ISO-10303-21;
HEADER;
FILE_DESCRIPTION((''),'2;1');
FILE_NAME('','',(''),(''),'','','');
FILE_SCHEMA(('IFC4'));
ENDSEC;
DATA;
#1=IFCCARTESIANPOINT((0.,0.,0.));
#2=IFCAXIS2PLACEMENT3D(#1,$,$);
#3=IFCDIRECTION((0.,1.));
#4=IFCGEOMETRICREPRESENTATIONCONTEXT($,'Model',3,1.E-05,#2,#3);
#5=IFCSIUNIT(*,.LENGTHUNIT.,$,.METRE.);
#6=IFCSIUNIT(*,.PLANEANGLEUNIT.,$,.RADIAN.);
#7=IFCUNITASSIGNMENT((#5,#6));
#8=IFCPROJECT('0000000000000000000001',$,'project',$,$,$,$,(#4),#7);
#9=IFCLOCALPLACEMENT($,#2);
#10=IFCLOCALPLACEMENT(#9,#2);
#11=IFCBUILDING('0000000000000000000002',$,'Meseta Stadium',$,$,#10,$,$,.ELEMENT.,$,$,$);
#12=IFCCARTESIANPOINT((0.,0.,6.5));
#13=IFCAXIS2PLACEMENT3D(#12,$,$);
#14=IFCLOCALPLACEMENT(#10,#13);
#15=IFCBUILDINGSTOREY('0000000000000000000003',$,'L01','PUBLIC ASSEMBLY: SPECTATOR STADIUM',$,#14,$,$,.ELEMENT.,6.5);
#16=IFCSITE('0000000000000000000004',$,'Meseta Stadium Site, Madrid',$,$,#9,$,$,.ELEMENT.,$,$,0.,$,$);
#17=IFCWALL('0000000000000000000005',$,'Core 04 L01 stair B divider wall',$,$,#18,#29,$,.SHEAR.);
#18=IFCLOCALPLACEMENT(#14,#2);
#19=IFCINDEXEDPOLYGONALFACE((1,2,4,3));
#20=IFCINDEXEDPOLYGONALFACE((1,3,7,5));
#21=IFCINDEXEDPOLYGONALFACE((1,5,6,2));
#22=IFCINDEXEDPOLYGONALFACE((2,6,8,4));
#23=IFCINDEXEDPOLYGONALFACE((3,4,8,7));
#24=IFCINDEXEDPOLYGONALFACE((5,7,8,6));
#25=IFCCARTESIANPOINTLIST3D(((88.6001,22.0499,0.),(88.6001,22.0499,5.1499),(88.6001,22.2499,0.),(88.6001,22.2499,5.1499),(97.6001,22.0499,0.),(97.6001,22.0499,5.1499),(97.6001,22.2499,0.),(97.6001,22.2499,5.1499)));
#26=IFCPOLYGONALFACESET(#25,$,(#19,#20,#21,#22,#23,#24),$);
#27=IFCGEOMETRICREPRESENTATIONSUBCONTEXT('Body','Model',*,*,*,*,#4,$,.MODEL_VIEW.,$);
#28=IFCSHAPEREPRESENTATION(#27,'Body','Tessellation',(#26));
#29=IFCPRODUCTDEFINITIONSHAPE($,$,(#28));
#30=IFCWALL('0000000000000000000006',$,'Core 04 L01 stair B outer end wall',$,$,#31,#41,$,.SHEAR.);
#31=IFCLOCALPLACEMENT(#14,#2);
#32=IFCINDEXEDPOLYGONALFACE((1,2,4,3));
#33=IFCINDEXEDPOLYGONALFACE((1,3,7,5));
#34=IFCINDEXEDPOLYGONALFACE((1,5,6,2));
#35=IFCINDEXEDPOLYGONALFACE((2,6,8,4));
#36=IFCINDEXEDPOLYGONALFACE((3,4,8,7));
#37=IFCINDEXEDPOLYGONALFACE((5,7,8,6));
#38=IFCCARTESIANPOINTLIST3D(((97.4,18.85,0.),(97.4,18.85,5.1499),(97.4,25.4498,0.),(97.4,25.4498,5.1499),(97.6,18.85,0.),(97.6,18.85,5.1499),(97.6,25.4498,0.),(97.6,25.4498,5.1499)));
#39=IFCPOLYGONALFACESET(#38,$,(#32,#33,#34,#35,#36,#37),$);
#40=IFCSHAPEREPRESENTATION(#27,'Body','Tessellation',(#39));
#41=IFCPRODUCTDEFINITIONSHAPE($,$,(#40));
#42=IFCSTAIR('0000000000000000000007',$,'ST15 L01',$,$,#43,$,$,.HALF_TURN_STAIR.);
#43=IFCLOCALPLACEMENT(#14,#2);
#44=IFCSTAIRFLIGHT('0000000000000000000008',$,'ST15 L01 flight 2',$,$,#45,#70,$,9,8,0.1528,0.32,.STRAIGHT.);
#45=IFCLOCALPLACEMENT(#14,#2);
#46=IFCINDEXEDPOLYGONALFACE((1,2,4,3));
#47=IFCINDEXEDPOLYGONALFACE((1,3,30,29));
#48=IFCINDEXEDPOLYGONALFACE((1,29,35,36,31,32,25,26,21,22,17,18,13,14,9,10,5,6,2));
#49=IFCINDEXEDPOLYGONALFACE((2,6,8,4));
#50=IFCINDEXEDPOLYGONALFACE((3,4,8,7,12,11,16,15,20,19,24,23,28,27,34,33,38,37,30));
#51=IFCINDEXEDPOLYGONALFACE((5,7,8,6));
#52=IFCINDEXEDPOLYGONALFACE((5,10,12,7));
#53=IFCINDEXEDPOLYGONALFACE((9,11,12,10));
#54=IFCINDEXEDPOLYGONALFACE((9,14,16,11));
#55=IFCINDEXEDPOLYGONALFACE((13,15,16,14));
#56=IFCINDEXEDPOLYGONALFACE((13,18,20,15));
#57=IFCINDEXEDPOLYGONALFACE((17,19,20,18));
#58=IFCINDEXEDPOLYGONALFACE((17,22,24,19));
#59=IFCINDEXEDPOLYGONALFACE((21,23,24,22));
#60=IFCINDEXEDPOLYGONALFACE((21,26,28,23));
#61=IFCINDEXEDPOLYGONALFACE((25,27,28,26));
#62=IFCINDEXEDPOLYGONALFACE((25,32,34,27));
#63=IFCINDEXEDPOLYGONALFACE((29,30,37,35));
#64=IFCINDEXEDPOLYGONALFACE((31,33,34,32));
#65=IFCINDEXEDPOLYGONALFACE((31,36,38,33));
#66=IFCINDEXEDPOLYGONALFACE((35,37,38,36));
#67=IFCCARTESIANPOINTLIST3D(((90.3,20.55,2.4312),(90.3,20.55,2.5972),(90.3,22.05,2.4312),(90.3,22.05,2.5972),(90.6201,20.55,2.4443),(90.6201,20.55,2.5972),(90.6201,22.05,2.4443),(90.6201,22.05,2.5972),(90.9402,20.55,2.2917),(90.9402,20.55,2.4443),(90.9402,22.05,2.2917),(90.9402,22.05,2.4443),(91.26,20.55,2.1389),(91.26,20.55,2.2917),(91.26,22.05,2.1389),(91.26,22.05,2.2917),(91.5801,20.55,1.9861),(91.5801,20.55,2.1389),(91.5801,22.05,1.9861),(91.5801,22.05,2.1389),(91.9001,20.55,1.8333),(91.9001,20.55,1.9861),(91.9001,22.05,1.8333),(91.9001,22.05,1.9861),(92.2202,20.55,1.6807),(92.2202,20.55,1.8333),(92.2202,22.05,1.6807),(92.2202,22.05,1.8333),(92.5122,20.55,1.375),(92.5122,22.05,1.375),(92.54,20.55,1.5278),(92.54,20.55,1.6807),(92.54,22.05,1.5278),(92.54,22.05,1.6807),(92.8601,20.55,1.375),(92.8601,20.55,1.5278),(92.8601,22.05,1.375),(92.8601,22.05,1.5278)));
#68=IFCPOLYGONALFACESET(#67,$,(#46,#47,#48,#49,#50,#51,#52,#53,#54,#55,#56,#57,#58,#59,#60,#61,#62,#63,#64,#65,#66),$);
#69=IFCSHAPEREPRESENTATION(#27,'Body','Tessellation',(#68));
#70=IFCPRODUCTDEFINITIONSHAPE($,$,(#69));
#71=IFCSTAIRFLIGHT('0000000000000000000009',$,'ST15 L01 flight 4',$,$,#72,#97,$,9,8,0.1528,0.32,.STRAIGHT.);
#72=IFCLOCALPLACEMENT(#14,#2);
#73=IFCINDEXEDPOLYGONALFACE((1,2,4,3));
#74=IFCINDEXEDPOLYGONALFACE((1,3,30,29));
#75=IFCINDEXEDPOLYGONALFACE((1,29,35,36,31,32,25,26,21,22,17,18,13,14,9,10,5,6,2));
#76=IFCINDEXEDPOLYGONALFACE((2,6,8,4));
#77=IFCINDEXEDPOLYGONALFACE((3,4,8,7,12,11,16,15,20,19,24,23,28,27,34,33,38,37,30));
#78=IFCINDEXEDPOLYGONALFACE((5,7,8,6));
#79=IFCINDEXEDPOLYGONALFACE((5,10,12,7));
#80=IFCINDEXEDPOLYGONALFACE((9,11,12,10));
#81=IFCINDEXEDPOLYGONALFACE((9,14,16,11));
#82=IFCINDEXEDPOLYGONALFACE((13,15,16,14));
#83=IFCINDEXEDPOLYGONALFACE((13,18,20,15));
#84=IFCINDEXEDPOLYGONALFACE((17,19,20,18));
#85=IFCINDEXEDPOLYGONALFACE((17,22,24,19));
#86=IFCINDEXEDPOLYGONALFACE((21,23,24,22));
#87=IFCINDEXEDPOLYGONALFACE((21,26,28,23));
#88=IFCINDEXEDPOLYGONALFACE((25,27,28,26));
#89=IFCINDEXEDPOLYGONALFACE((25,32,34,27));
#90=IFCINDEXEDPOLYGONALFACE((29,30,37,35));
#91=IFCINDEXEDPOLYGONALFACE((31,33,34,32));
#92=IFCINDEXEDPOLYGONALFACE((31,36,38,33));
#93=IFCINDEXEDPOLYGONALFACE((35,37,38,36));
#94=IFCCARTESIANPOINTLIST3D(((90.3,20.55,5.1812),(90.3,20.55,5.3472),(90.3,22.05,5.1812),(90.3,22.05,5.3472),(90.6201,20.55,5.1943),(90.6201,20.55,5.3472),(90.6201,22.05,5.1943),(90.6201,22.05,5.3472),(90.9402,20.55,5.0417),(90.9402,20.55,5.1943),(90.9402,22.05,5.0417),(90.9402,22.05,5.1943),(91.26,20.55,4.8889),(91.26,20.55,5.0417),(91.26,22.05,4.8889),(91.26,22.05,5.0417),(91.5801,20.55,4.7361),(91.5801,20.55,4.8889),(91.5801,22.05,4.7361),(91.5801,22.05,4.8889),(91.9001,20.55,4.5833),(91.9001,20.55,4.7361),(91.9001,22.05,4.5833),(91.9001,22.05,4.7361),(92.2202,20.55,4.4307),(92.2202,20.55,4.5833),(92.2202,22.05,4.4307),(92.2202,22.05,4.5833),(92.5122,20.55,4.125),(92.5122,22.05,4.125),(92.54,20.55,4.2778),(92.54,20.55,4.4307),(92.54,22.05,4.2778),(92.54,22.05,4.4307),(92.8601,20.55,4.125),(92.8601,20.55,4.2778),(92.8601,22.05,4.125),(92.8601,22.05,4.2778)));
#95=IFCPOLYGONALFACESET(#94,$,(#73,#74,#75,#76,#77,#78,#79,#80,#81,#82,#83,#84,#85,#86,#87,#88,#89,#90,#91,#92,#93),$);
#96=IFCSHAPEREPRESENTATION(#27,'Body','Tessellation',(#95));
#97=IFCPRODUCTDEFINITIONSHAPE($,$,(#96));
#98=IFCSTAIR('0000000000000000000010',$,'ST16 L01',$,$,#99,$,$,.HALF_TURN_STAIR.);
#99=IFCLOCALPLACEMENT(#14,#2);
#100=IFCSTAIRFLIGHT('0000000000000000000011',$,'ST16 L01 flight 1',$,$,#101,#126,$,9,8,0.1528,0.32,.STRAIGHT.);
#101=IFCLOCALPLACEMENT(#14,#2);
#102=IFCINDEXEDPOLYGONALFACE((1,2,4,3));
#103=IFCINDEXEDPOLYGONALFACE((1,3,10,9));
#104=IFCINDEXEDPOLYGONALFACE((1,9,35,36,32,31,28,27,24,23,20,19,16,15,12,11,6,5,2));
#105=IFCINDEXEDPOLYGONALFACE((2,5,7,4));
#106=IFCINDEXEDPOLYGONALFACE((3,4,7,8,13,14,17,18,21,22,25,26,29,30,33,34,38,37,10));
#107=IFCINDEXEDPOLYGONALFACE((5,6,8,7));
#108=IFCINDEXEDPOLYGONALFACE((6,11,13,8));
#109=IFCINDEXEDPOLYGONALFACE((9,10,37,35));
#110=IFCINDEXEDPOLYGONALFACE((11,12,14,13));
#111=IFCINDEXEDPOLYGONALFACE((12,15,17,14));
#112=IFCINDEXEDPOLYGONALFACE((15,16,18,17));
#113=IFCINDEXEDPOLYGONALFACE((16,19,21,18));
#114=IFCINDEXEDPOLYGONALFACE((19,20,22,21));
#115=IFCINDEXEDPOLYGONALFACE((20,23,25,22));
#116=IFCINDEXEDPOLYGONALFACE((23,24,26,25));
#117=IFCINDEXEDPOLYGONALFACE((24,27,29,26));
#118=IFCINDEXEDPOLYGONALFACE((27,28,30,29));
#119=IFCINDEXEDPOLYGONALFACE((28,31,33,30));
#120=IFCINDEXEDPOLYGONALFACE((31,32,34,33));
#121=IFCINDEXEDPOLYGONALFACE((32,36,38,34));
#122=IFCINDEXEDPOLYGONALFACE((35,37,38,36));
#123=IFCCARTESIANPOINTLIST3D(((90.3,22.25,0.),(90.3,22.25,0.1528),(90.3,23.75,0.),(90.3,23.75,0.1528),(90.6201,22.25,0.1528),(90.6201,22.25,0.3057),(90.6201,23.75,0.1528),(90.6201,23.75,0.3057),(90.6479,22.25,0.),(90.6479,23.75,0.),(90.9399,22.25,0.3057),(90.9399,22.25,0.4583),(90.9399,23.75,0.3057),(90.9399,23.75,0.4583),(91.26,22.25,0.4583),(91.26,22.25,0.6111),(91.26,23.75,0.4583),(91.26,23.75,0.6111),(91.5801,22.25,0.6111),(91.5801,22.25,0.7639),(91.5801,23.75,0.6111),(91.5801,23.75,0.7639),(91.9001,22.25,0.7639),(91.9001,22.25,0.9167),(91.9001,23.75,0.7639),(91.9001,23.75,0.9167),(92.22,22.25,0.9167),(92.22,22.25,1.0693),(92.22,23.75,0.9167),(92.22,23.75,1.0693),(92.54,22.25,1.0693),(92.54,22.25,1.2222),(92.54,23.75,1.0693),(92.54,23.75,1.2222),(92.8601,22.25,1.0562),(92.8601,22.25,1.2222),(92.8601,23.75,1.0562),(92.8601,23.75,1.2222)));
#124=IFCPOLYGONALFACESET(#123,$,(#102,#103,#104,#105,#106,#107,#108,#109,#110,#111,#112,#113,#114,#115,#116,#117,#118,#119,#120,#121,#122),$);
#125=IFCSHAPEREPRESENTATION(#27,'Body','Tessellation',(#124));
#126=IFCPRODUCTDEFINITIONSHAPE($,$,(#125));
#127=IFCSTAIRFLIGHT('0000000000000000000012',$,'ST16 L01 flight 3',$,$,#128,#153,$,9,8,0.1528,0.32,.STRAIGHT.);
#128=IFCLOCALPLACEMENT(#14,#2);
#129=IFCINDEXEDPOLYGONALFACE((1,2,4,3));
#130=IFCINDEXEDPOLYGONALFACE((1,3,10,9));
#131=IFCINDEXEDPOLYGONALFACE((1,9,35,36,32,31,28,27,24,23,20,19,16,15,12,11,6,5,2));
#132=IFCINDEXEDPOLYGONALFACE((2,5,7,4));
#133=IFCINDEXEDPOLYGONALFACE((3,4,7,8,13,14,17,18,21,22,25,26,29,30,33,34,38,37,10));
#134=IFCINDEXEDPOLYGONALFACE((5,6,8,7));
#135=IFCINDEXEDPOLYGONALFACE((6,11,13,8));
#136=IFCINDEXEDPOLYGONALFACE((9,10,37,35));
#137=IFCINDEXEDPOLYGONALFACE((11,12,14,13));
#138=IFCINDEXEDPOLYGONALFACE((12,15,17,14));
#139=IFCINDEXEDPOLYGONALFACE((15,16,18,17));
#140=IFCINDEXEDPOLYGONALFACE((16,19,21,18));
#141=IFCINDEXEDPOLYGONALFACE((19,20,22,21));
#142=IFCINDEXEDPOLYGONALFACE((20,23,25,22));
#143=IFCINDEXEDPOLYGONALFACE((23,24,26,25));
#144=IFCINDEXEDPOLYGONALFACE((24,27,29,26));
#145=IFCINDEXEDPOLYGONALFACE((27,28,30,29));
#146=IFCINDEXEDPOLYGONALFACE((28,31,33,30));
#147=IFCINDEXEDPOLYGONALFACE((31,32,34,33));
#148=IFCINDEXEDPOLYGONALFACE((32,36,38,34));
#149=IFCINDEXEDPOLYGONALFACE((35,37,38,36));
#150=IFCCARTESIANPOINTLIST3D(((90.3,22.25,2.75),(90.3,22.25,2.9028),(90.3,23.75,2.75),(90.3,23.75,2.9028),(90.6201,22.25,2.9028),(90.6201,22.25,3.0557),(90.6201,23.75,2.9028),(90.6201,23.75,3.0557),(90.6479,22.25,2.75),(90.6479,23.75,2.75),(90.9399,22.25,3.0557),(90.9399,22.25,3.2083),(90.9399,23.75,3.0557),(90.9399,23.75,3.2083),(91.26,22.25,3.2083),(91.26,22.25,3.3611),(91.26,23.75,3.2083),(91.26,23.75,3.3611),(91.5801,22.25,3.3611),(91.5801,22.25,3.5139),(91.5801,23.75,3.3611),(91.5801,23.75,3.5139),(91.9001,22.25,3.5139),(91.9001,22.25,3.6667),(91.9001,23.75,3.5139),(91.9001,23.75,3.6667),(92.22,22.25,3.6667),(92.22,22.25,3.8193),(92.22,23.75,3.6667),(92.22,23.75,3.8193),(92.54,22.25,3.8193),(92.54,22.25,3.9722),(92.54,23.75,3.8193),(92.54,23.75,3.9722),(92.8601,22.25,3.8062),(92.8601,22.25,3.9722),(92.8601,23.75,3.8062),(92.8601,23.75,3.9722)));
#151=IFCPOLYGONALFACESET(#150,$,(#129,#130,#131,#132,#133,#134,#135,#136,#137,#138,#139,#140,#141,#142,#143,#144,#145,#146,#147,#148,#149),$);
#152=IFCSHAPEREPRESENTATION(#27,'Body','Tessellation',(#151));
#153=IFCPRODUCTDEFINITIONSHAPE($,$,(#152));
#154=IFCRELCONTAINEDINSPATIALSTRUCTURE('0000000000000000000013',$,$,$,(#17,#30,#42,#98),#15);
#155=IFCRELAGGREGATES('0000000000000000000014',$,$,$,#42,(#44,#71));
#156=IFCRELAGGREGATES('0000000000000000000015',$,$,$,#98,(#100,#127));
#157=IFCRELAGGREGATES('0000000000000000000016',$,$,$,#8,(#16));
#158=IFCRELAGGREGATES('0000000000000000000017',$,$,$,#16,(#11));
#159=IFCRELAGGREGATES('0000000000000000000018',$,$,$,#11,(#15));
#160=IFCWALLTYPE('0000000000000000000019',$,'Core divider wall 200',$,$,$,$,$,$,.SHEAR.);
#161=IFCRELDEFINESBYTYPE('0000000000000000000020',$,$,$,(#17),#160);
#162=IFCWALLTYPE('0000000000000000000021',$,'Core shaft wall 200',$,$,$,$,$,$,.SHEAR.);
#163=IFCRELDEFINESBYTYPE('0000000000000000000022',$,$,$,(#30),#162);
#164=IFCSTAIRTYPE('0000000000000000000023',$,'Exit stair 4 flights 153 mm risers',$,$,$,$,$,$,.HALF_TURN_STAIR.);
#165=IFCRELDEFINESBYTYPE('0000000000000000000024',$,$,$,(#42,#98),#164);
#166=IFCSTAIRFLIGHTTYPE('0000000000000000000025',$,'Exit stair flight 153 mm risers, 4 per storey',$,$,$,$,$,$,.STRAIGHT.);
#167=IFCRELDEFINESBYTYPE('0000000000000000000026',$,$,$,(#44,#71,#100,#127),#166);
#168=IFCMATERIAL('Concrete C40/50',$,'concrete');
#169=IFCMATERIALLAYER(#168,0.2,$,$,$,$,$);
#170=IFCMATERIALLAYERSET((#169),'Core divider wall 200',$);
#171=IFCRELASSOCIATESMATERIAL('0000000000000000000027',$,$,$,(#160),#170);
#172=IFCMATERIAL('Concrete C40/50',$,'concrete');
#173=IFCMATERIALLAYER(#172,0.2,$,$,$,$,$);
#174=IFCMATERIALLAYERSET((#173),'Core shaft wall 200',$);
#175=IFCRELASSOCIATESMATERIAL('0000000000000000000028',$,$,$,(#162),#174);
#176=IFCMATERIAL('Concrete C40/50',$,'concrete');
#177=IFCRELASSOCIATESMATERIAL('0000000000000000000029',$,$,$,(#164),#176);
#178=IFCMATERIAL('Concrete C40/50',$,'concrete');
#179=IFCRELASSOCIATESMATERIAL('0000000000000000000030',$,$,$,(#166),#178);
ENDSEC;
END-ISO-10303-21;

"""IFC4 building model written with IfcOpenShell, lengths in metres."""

from ifc_helpers import new_model, si_unit, direction, frame, frame_2d, origin, place, context, subcontext, project, spatial, polyline, rectangle, outline, extrude, material, layer, layer_set, type_object, element, aggregate, save


model = new_model("IFC4")

# Units and contexts
model_context = context("Model", 3, precision=1e-05, world=origin(), true_north=direction((0.0, 1.0)))
body_context = subcontext(model_context, "Body", "Model", "MODEL_VIEW")
ifc_project = project(units=[si_unit("LENGTHUNIT", "METRE"), si_unit("PLANEANGLEUNIT", "RADIAN")], contexts=[model_context])

# Site, building, storey
site_placement = place(None, origin())
site = spatial("IfcSite", under=ifc_project, at=site_placement, Name="Meseta Stadium Site, Madrid", CompositionType="ELEMENT", RefElevation=0.0)
building_placement = place(site_placement, origin())
building = spatial("IfcBuilding", under=site, at=building_placement, Name="Meseta Stadium", CompositionType="ELEMENT")
storey_placement = place(building_placement, frame((0.0, 0.0, 6.5)))
storey = spatial("IfcBuildingStorey", under=building, at=storey_placement, Name="L01", Description="PUBLIC ASSEMBLY: SPECTATOR STADIUM", CompositionType="ELEMENT", Elevation=6.5)

# Walls
ifc_material_1 = material(Name="Concrete C40/50", Category="concrete")
ifc_layer_1 = layer(ifc_material_1, 0.2)
ifc_layer_set_1 = layer_set([ifc_layer_1], Name="Core divider wall 200")
wall_type_1 = type_object("IfcWallType", Name="Core divider wall 200", PredefinedType="SHEAR", material=ifc_layer_set_1)
wall_1_placement = place(storey_placement, frame((97.6001, 22.1499, 0.0), z_axis=(0.0, 0.0, 1.0), x_axis=(-1.0, 0.0, 0.0)))
element("IfcWall", 1, at=wall_1_placement, inside=storey, type_object=wall_type_1, Name="Core 04 L01 stair B divider wall", PredefinedType="SHEAR", context=body_context, shape_type="SweptSolid", body=[
    extrude(rectangle(XDim=9.0, YDim=0.2, at=frame_2d((4.5, 0.0))), origin(), (0.0, 0.0, 1.0), 5.1499),
])
ifc_material_2 = material(Name="Concrete C40/50", Category="concrete")
ifc_layer_2 = layer(ifc_material_2, 0.2)
ifc_layer_set_2 = layer_set([ifc_layer_2], Name="Core shaft wall 200")
wall_type_2 = type_object("IfcWallType", Name="Core shaft wall 200", PredefinedType="SHEAR", material=ifc_layer_set_2)
wall_2_placement = place(storey_placement, frame((97.5, 18.8501, 0.0), z_axis=(0.0, 0.0, 1.0), x_axis=(0.0, 1.0, 0.0)))
element("IfcWall", 2, at=wall_2_placement, inside=storey, type_object=wall_type_2, Name="Core 04 L01 stair B outer end wall", PredefinedType="SHEAR", context=body_context, shape_type="SweptSolid", body=[
    extrude(rectangle(XDim=6.5999, YDim=0.2, at=frame_2d((3.2998, 0.0))), origin(), (0.0, 0.0, 1.0), 5.1499),
])

# Stairs, stair flights
ifc_material_3 = material(Name="Concrete C40/50", Category="concrete")
stair_type = type_object("IfcStairType", Name="Exit stair 4 flights 153 mm risers", PredefinedType="HALF_TURN_STAIR", material=ifc_material_3)
stair_1_placement = place(storey_placement, origin())
stair_1 = element("IfcStair", 3, at=stair_1_placement, inside=storey, type_object=stair_type, Name="ST15 L01", PredefinedType="HALF_TURN_STAIR")
ifc_material_4 = material(Name="Concrete C40/50", Category="concrete")
stair_flight_type = type_object("IfcStairFlightType", Name="Exit stair flight 153 mm risers, 4 per storey", PredefinedType="STRAIGHT", material=ifc_material_4)
stair_flight_1_placement = place(storey_placement, frame((92.8601, 21.3, 1.375), z_axis=(0.0, 0.0, 1.0), x_axis=(-1.0, 0.0, 0.0)))
stair_flight_1 = element("IfcStairFlight", 4, at=stair_flight_1_placement, type_object=stair_flight_type, Name="ST15 L01 flight 2", NumberOfRisers=9, NumberOfTreads=8, PredefinedType="STRAIGHT", RiserHeight=0.1528, TreadLength=0.32, context=body_context, shape_type="SweptSolid", body=[
    extrude(outline(polyline([(0.0, 0.0), (0.0, 0.1528), (0.3201, 0.1528), (0.3201, 0.3057), (0.6399, 0.3057), (0.6399, 0.4583), (0.96, 0.4583), (0.96, 0.6111), (1.28, 0.6111), (1.28, 0.7639), (1.6001, 0.7639), (1.6001, 0.9167), (1.9199, 0.9167), (1.9199, 1.0693), (2.24, 1.0693), (2.24, 1.2222), (2.5601, 1.2222), (2.5601, 1.0562), (0.3479, 0.0), (0.0, 0.0)])), frame((0.0, 0.75, 0.0), z_axis=(0.0, -1.0, 0.0), x_axis=(1.0, 0.0, 0.0)), (0.0, 0.0, 1.0), 1.5),
])
stair_flight_2_placement = place(storey_placement, frame((92.8601, 21.3, 4.125), z_axis=(0.0, 0.0, 1.0), x_axis=(-1.0, 0.0, 0.0)))
stair_flight_2 = element("IfcStairFlight", 5, at=stair_flight_2_placement, type_object=stair_flight_type, Name="ST15 L01 flight 4", NumberOfRisers=9, NumberOfTreads=8, PredefinedType="STRAIGHT", RiserHeight=0.1528, TreadLength=0.32, context=body_context, shape_type="SweptSolid", body=[
    extrude(outline(polyline([(0.0, 0.0), (0.0, 0.1528), (0.3201, 0.1528), (0.3201, 0.3057), (0.6399, 0.3057), (0.6399, 0.4583), (0.96, 0.4583), (0.96, 0.6111), (1.28, 0.6111), (1.28, 0.7639), (1.6001, 0.7639), (1.6001, 0.9167), (1.9199, 0.9167), (1.9199, 1.0693), (2.24, 1.0693), (2.24, 1.2222), (2.5601, 1.2222), (2.5601, 1.0562), (0.3479, 0.0), (0.0, 0.0)])), frame((0.0, 0.75, 0.0), z_axis=(0.0, -1.0, 0.0), x_axis=(1.0, 0.0, 0.0)), (0.0, 0.0, 1.0), 1.5),
])
aggregate(stair_1, [stair_flight_1, stair_flight_2])
stair_2_placement = place(storey_placement, origin())
stair_2 = element("IfcStair", 6, at=stair_2_placement, inside=storey, type_object=stair_type, Name="ST16 L01", PredefinedType="HALF_TURN_STAIR")
stair_flight_3_placement = place(storey_placement, frame((90.3, 23.0, 0.0), z_axis=(0.0, 0.0, 1.0), x_axis=(1.0, 0.0, 0.0)))
stair_flight_3 = element("IfcStairFlight", 7, at=stair_flight_3_placement, type_object=stair_flight_type, Name="ST16 L01 flight 1", NumberOfRisers=9, NumberOfTreads=8, PredefinedType="STRAIGHT", RiserHeight=0.1528, TreadLength=0.32, context=body_context, shape_type="SweptSolid", body=[
    extrude(outline(polyline([(0.0, 0.0), (0.0, 0.1528), (0.3201, 0.1528), (0.3201, 0.3057), (0.6399, 0.3057), (0.6399, 0.4583), (0.96, 0.4583), (0.96, 0.6111), (1.28, 0.6111), (1.28, 0.7639), (1.6001, 0.7639), (1.6001, 0.9167), (1.9199, 0.9167), (1.9199, 1.0693), (2.24, 1.0693), (2.24, 1.2222), (2.5601, 1.2222), (2.5601, 1.0562), (0.3479, 0.0), (0.0, 0.0)])), frame((0.0, 0.75, 0.0), z_axis=(0.0, -1.0, 0.0), x_axis=(1.0, 0.0, 0.0)), (0.0, 0.0, 1.0), 1.5),
])
stair_flight_4_placement = place(storey_placement, frame((90.3, 23.0, 2.75), z_axis=(0.0, 0.0, 1.0), x_axis=(1.0, 0.0, 0.0)))
stair_flight_4 = element("IfcStairFlight", 8, at=stair_flight_4_placement, type_object=stair_flight_type, Name="ST16 L01 flight 3", NumberOfRisers=9, NumberOfTreads=8, PredefinedType="STRAIGHT", RiserHeight=0.1528, TreadLength=0.32, context=body_context, shape_type="SweptSolid", body=[
    extrude(outline(polyline([(0.0, 0.0), (0.0, 0.1528), (0.3201, 0.1528), (0.3201, 0.3057), (0.6399, 0.3057), (0.6399, 0.4583), (0.96, 0.4583), (0.96, 0.6111), (1.28, 0.6111), (1.28, 0.7639), (1.6001, 0.7639), (1.6001, 0.9167), (1.9199, 0.9167), (1.9199, 1.0693), (2.24, 1.0693), (2.24, 1.2222), (2.5601, 1.2222), (2.5601, 1.0562), (0.3479, 0.0), (0.0, 0.0)])), frame((0.0, 0.75, 0.0), z_axis=(0.0, -1.0, 0.0), x_axis=(1.0, 0.0, 0.0)), (0.0, 0.0, 1.0), 1.5),
])
aggregate(stair_2, [stair_flight_3, stair_flight_4])

save(model, "model.ifc")
